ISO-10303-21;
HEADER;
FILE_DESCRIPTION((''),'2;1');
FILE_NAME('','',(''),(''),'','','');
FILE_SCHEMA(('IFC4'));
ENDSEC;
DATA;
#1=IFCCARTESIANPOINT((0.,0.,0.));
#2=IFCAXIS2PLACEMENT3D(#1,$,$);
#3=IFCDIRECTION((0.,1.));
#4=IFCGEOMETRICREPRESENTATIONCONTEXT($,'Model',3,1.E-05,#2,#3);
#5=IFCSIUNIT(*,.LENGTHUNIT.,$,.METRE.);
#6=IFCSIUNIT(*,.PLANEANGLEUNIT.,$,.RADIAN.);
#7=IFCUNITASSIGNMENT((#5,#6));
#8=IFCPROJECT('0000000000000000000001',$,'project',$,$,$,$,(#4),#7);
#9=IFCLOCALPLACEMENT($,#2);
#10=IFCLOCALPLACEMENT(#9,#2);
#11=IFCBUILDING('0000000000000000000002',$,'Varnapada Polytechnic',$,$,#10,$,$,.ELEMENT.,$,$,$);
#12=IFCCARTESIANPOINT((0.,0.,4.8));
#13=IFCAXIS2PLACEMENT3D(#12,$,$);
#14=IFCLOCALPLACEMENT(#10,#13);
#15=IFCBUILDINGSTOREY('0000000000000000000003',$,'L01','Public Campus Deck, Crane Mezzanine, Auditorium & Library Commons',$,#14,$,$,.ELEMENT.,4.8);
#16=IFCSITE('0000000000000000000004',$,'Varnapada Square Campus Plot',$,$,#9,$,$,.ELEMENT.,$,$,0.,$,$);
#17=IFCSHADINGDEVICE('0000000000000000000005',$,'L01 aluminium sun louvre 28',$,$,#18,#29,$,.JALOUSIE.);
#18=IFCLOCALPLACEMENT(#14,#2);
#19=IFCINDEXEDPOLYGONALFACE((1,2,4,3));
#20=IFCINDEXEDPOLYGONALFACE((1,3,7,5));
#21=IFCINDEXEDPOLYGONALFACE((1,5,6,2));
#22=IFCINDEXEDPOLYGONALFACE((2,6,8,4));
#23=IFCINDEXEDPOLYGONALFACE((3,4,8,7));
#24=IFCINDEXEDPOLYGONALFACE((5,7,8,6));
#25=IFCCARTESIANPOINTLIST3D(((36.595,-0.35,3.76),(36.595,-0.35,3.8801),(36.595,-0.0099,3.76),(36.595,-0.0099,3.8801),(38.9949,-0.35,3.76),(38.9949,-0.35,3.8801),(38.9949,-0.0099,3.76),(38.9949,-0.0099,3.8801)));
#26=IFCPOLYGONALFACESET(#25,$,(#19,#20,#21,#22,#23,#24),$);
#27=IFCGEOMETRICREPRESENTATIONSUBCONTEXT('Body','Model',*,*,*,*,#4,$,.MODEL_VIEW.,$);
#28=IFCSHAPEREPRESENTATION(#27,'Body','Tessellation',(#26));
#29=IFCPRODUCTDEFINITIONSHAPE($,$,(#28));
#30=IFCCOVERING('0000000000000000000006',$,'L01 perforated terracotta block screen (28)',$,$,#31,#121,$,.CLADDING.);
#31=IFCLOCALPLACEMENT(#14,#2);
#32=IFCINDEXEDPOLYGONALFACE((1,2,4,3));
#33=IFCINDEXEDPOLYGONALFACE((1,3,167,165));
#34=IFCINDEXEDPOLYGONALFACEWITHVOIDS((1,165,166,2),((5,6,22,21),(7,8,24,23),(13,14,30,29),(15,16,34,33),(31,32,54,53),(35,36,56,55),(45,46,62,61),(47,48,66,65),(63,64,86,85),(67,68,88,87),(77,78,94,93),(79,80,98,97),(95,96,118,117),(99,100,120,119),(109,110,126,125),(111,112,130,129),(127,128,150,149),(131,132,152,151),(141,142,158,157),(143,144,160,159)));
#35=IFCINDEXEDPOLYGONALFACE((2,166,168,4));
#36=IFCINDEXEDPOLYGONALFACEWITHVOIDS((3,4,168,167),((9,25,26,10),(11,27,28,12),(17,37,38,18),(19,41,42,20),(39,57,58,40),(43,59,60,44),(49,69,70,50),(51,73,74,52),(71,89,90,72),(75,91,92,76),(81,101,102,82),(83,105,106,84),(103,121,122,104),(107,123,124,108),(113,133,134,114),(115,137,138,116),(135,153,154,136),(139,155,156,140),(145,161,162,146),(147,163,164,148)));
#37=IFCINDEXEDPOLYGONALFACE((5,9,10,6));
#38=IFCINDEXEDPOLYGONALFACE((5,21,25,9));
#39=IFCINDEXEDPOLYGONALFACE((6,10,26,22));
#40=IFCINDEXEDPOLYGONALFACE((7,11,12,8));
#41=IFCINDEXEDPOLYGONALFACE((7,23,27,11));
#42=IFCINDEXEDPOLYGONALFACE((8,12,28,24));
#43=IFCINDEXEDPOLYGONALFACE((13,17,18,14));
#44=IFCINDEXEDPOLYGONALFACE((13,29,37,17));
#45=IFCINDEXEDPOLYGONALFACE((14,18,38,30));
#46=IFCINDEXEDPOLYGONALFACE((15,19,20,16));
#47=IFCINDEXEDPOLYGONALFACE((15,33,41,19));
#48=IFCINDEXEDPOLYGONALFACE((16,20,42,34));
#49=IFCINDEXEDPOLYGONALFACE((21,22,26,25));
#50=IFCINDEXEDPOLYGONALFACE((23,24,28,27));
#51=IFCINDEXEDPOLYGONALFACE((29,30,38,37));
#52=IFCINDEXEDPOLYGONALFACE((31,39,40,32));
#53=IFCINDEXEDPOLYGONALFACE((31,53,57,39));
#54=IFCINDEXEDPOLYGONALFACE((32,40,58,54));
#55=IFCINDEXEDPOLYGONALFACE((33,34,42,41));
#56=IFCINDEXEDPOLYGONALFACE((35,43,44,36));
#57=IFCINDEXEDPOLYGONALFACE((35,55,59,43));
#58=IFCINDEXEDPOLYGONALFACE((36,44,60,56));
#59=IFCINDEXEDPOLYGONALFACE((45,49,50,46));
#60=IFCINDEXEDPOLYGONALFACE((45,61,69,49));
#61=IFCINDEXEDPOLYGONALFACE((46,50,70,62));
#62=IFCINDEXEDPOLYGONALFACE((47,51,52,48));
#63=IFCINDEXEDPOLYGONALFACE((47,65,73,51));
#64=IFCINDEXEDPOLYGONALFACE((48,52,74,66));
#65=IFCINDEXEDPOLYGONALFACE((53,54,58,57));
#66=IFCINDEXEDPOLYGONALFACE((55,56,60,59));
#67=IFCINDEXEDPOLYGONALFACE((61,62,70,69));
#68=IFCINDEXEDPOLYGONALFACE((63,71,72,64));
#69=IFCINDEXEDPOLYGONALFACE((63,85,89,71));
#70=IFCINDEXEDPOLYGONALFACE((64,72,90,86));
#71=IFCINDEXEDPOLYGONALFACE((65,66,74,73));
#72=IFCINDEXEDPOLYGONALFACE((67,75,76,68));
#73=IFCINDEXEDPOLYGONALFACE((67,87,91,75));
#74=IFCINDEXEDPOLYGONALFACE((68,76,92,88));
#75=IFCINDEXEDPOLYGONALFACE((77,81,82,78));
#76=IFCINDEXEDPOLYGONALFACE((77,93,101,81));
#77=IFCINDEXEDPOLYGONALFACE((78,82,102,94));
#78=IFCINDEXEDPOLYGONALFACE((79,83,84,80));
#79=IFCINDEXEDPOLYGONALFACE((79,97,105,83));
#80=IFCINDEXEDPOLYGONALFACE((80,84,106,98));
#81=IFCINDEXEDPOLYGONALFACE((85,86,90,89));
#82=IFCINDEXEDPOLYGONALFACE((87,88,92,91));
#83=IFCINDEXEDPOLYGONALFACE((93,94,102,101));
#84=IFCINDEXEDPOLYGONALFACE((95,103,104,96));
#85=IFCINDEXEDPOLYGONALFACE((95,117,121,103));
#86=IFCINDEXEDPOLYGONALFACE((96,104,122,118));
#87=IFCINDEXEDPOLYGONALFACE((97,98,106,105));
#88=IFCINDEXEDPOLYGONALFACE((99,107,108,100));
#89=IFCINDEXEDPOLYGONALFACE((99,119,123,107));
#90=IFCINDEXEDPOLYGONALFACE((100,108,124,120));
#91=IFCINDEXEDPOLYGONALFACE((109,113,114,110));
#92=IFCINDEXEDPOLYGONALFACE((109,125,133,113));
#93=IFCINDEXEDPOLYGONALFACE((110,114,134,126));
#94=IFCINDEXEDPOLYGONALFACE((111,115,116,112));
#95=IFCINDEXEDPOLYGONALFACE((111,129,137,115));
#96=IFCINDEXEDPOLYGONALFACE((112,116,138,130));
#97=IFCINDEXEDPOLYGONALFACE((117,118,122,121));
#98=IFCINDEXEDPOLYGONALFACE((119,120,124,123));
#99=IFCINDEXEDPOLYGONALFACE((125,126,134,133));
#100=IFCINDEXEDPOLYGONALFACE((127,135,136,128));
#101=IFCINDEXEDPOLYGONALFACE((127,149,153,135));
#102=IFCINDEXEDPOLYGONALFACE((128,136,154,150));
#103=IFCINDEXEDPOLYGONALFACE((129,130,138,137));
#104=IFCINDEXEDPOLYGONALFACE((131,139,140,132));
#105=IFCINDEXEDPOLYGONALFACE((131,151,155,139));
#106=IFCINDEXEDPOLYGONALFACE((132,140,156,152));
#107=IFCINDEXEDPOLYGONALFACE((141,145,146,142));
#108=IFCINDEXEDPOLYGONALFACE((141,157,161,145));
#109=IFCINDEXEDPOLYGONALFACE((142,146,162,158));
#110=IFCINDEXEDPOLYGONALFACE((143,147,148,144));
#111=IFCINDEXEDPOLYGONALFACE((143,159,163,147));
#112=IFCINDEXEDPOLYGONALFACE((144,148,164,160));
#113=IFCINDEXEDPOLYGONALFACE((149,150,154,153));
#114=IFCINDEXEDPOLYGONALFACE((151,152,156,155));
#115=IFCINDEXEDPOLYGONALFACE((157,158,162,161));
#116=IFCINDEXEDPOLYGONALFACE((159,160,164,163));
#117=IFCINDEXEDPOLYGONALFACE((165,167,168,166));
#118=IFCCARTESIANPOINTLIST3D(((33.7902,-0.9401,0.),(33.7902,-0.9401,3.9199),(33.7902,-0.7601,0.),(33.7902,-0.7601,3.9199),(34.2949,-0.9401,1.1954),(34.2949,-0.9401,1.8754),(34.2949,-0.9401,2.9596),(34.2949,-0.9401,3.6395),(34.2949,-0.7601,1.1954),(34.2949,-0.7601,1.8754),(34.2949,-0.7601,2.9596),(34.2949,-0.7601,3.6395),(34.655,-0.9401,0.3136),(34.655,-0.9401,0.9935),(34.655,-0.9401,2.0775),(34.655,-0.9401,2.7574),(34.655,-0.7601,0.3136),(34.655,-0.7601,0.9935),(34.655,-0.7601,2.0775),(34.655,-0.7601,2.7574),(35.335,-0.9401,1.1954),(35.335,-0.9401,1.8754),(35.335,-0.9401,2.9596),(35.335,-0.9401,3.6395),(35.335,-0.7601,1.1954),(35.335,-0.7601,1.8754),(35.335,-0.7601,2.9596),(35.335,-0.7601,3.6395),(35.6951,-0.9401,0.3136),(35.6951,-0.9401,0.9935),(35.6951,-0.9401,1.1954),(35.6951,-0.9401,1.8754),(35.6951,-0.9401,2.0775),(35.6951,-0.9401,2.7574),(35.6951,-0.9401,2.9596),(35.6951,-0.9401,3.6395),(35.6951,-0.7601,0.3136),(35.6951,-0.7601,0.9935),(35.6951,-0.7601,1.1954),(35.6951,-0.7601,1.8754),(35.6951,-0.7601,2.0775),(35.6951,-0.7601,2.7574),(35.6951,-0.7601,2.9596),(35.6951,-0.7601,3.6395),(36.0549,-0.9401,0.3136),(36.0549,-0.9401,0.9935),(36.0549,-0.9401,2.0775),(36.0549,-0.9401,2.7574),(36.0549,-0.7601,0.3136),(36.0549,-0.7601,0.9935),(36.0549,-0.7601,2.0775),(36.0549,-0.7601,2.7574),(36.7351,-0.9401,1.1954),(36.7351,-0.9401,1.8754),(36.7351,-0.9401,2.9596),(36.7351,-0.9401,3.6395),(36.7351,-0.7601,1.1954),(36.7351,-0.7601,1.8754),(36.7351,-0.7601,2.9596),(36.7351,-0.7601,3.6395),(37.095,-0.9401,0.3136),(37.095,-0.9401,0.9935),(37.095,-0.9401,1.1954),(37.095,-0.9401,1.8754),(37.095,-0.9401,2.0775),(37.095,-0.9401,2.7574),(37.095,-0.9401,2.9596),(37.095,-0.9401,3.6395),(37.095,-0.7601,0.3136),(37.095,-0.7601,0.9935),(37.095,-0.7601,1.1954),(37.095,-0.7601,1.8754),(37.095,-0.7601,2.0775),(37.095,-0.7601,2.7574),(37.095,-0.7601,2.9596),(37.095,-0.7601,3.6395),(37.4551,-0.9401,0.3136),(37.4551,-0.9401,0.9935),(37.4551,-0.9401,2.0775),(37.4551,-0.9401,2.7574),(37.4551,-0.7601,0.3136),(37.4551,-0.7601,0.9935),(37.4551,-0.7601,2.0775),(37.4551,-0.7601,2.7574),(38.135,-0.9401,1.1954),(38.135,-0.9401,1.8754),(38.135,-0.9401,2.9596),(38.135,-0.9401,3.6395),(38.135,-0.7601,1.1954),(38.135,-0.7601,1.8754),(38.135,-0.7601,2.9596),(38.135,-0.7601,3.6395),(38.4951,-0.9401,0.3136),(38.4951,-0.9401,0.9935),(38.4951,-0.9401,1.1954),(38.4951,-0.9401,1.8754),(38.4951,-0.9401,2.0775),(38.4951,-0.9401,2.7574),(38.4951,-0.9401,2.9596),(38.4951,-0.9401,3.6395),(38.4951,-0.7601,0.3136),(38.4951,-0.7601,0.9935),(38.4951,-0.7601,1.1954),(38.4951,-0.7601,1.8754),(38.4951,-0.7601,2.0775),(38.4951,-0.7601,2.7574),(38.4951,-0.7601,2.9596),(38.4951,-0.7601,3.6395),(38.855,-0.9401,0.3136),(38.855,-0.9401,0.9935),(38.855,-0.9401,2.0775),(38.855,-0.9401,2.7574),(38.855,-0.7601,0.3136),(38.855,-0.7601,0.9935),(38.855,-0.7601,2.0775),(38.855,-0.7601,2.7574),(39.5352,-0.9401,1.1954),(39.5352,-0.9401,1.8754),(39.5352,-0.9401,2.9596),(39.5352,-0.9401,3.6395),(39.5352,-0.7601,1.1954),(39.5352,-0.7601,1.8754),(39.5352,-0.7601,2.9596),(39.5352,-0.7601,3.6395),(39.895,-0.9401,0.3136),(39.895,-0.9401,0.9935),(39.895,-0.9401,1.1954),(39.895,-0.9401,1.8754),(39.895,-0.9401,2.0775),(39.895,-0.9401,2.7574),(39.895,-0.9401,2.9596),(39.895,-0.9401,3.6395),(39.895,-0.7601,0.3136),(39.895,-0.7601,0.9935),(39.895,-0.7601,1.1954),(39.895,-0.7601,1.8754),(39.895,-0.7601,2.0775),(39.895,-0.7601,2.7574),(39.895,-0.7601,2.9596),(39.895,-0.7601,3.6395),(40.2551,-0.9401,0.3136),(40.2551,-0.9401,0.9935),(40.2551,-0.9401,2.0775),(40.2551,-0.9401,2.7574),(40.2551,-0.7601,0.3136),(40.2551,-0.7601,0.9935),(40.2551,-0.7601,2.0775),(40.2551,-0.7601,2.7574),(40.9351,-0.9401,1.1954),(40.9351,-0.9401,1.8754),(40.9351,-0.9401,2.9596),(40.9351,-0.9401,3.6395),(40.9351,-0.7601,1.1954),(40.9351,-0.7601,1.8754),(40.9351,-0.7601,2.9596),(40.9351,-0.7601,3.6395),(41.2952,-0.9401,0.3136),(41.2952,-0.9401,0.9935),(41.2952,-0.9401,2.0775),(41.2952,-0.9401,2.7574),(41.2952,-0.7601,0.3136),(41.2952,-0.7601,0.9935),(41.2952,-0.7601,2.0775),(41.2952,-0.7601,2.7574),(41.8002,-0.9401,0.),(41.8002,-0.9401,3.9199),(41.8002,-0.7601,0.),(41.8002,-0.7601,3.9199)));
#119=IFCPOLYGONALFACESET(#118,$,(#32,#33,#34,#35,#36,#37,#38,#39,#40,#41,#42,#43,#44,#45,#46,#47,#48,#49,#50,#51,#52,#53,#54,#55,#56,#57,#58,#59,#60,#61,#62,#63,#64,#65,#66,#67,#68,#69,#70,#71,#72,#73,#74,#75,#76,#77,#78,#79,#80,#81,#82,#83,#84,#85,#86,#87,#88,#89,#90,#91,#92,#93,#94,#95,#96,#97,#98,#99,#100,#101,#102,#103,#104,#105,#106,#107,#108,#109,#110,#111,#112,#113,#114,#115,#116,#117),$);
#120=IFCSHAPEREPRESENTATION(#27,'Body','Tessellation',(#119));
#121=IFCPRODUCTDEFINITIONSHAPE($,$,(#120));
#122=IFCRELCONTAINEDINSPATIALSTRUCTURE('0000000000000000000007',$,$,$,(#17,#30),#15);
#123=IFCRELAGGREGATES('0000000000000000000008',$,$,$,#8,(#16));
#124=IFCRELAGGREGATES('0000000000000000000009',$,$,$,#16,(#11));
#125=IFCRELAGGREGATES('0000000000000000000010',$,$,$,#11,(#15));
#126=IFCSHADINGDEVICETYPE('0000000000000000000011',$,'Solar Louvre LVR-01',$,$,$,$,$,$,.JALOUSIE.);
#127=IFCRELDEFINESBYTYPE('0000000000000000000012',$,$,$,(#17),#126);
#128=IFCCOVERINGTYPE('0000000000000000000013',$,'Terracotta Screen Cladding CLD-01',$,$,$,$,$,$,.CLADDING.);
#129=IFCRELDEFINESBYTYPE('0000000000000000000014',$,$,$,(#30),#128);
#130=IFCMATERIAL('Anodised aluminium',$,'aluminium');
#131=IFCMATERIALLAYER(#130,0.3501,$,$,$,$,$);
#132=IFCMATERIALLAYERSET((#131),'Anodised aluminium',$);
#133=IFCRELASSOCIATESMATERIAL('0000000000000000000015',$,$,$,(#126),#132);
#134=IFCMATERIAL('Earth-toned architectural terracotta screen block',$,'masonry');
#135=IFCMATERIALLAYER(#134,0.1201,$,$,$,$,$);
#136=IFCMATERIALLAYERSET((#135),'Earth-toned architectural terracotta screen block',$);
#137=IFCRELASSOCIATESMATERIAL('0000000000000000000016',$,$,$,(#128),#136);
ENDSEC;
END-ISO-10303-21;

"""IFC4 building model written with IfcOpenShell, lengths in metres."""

from ifc_helpers import new_model, si_unit, direction, frame, frame_2d, origin, origin_2d, place, context, subcontext, project, spatial, rectangle, extrude, material, layer, layer_set, type_object, element, save


model = new_model("IFC4")

# Units and contexts
model_context = context("Model", 3, precision=1e-05, world=origin(), true_north=direction((0.0, 1.0)))
body_context = subcontext(model_context, "Body", "Model", "MODEL_VIEW")
ifc_project = project(units=[si_unit("LENGTHUNIT", "METRE"), si_unit("PLANEANGLEUNIT", "RADIAN")], contexts=[model_context])

# Site, building, storey
site_placement = place(None, origin())
site = spatial("IfcSite", under=ifc_project, at=site_placement, Name="Varnapada Square Campus Plot", CompositionType="ELEMENT", RefElevation=0.0)
building_placement = place(site_placement, origin())
building = spatial("IfcBuilding", under=site, at=building_placement, Name="Varnapada Polytechnic", CompositionType="ELEMENT")
storey_placement = place(building_placement, frame((0.0, 0.0, 4.8)))
storey = spatial("IfcBuildingStorey", under=building, at=storey_placement, Name="L01", Description="Public Campus Deck, Crane Mezzanine, Auditorium & Library Commons", CompositionType="ELEMENT", Elevation=4.8)

# Shading device
ifc_material_1 = material(Name="Anodised aluminium", Category="aluminium")
ifc_layer_1 = layer(ifc_material_1, 0.3501)
ifc_layer_set_1 = layer_set([ifc_layer_1], Name="Anodised aluminium")
shading_device_type = type_object("IfcShadingDeviceType", Name="Solar Louvre LVR-01", PredefinedType="JALOUSIE", material=ifc_layer_set_1)
shading_device_placement = place(storey_placement, frame((37.7949, -0.1799, 3.76), z_axis=(0.0, 0.0, 1.0), x_axis=(-1.0, 0.0, 0.0)))
element("IfcShadingDevice", 1, at=shading_device_placement, inside=storey, type_object=shading_device_type, Name="L01 aluminium sun louvre 28", PredefinedType="JALOUSIE", context=body_context, shape_type="SweptSolid", body=[
    extrude(rectangle(XDim=2.3999, YDim=0.3401, at=origin_2d()), origin(), (0.0, 0.0, 1.0), 0.1201),
])

# Covering, openings
ifc_material_2 = material(Name="Earth-toned architectural terracotta screen block", Category="masonry")
ifc_layer_2 = layer(ifc_material_2, 0.1201)
ifc_layer_set_2 = layer_set([ifc_layer_2], Name="Earth-toned architectural terracotta screen block")
covering_type = type_object("IfcCoveringType", Name="Terracotta Screen Cladding CLD-01", PredefinedType="CLADDING", material=ifc_layer_set_2)
covering_placement = place(storey_placement, frame((41.8, -0.8501, 0.0), z_axis=(0.0, 0.0, 1.0), x_axis=(-1.0, 0.0, 0.0)))
covering = element("IfcCovering", 2, at=covering_placement, inside=storey, type_object=covering_type, Name="L01 perforated terracotta block screen (28)", PredefinedType="CLADDING", context=body_context, shape_type="SweptSolid", body=[
    extrude(rectangle(XDim=8.01, YDim=0.1799, at=frame_2d((4.0049, 0.0))), origin(), (0.0, 0.0, 1.0), 3.9199),
])
opening_1_placement = place(covering_placement, frame((0.5049, 0.0, 0.3137)))
element("IfcOpeningElement", 3, at=opening_1_placement, cuts=covering, PredefinedType="OPENING", context=body_context, shape_type="SweptSolid", body=[
    extrude(rectangle(XDim=1.04, YDim=0.6799, at=frame_2d((0.52, 0.3398))), frame((0.0, 0.0999, 0.0), z_axis=(0.0, -1.0, 0.0), x_axis=(1.0, 0.0, 0.0)), (0.0, 0.0, 1.0), 0.2),
])
opening_2_placement = place(covering_placement, frame((1.905, 0.0, 0.3137)))
element("IfcOpeningElement", 4, at=opening_2_placement, cuts=covering, PredefinedType="OPENING", context=body_context, shape_type="SweptSolid", body=[
    extrude(rectangle(XDim=1.04, YDim=0.6799, at=frame_2d((0.52, 0.3398))), frame((0.0, 0.0999, 0.0), z_axis=(0.0, -1.0, 0.0), x_axis=(1.0, 0.0, 0.0)), (0.0, 0.0, 1.0), 0.2),
])
opening_3_placement = place(covering_placement, frame((3.3049, 0.0, 0.3137)))
element("IfcOpeningElement", 5, at=opening_3_placement, cuts=covering, PredefinedType="OPENING", context=body_context, shape_type="SweptSolid", body=[
    extrude(rectangle(XDim=1.04, YDim=0.6799, at=frame_2d((0.52, 0.3398))), frame((0.0, 0.0999, 0.0), z_axis=(0.0, -1.0, 0.0), x_axis=(1.0, 0.0, 0.0)), (0.0, 0.0, 1.0), 0.2),
])
opening_4_placement = place(covering_placement, frame((4.7051, 0.0, 0.3137)))
element("IfcOpeningElement", 6, at=opening_4_placement, cuts=covering, PredefinedType="OPENING", context=body_context, shape_type="SweptSolid", body=[
    extrude(rectangle(XDim=1.04, YDim=0.6799, at=frame_2d((0.52, 0.3398))), frame((0.0, 0.0999, 0.0), z_axis=(0.0, -1.0, 0.0), x_axis=(1.0, 0.0, 0.0)), (0.0, 0.0, 1.0), 0.2),
])
opening_5_placement = place(covering_placement, frame((6.105, 0.0, 0.3137)))
element("IfcOpeningElement", 7, at=opening_5_placement, cuts=covering, PredefinedType="OPENING", context=body_context, shape_type="SweptSolid", body=[
    extrude(rectangle(XDim=1.04, YDim=0.6799, at=frame_2d((0.52, 0.3398))), frame((0.0, 0.0999, 0.0), z_axis=(0.0, -1.0, 0.0), x_axis=(1.0, 0.0, 0.0)), (0.0, 0.0, 1.0), 0.2),
])
opening_6_placement = place(covering_placement, frame((0.865, 0.0, 1.1956)))
element("IfcOpeningElement", 8, at=opening_6_placement, cuts=covering, PredefinedType="OPENING", context=body_context, shape_type="SweptSolid", body=[
    extrude(rectangle(XDim=1.04, YDim=0.6799, at=frame_2d((0.52, 0.3398))), frame((0.0, 0.0999, 0.0), z_axis=(0.0, -1.0, 0.0), x_axis=(1.0, 0.0, 0.0)), (0.0, 0.0, 1.0), 0.2),
])
opening_7_placement = place(covering_placement, frame((2.2649, 0.0, 1.1956)))
element("IfcOpeningElement", 9, at=opening_7_placement, cuts=covering, PredefinedType="OPENING", context=body_context, shape_type="SweptSolid", body=[
    extrude(rectangle(XDim=1.04, YDim=0.6799, at=frame_2d((0.52, 0.3398))), frame((0.0, 0.0999, 0.0), z_axis=(0.0, -1.0, 0.0), x_axis=(1.0, 0.0, 0.0)), (0.0, 0.0, 1.0), 0.2),
])
opening_8_placement = place(covering_placement, frame((3.665, 0.0, 1.1956)))
element("IfcOpeningElement", 10, at=opening_8_placement, cuts=covering, PredefinedType="OPENING", context=body_context, shape_type="SweptSolid", body=[
    extrude(rectangle(XDim=1.04, YDim=0.6799, at=frame_2d((0.52, 0.3398))), frame((0.0, 0.0999, 0.0), z_axis=(0.0, -1.0, 0.0), x_axis=(1.0, 0.0, 0.0)), (0.0, 0.0, 1.0), 0.2),
])
opening_9_placement = place(covering_placement, frame((5.0649, 0.0, 1.1956)))
element("IfcOpeningElement", 11, at=opening_9_placement, cuts=covering, PredefinedType="OPENING", context=body_context, shape_type="SweptSolid", body=[
    extrude(rectangle(XDim=1.04, YDim=0.6799, at=frame_2d((0.52, 0.3398))), frame((0.0, 0.0999, 0.0), z_axis=(0.0, -1.0, 0.0), x_axis=(1.0, 0.0, 0.0)), (0.0, 0.0, 1.0), 0.2),
])
opening_10_placement = place(covering_placement, frame((6.4651, 0.0, 1.1956)))
element("IfcOpeningElement", 12, at=opening_10_placement, cuts=covering, PredefinedType="OPENING", context=body_context, shape_type="SweptSolid", body=[
    extrude(rectangle(XDim=1.04, YDim=0.6799, at=frame_2d((0.52, 0.3398))), frame((0.0, 0.0999, 0.0), z_axis=(0.0, -1.0, 0.0), x_axis=(1.0, 0.0, 0.0)), (0.0, 0.0, 1.0), 0.2),
])
opening_11_placement = place(covering_placement, frame((0.5049, 0.0, 2.0776)))
element("IfcOpeningElement", 13, at=opening_11_placement, cuts=covering, PredefinedType="OPENING", context=body_context, shape_type="SweptSolid", body=[
    extrude(rectangle(XDim=1.04, YDim=0.6799, at=frame_2d((0.52, 0.3398))), frame((0.0, 0.0999, 0.0), z_axis=(0.0, -1.0, 0.0), x_axis=(1.0, 0.0, 0.0)), (0.0, 0.0, 1.0), 0.2),
])
opening_12_placement = place(covering_placement, frame((1.905, 0.0, 2.0776)))
element("IfcOpeningElement", 14, at=opening_12_placement, cuts=covering, PredefinedType="OPENING", context=body_context, shape_type="SweptSolid", body=[
    extrude(rectangle(XDim=1.04, YDim=0.6799, at=frame_2d((0.52, 0.3398))), frame((0.0, 0.0999, 0.0), z_axis=(0.0, -1.0, 0.0), x_axis=(1.0, 0.0, 0.0)), (0.0, 0.0, 1.0), 0.2),
])
opening_13_placement = place(covering_placement, frame((3.3049, 0.0, 2.0776)))
element("IfcOpeningElement", 15, at=opening_13_placement, cuts=covering, PredefinedType="OPENING", context=body_context, shape_type="SweptSolid", body=[
    extrude(rectangle(XDim=1.04, YDim=0.6799, at=frame_2d((0.52, 0.3398))), frame((0.0, 0.0999, 0.0), z_axis=(0.0, -1.0, 0.0), x_axis=(1.0, 0.0, 0.0)), (0.0, 0.0, 1.0), 0.2),
])
opening_14_placement = place(covering_placement, frame((4.7051, 0.0, 2.0776)))
element("IfcOpeningElement", 16, at=opening_14_placement, cuts=covering, PredefinedType="OPENING", context=body_context, shape_type="SweptSolid", body=[
    extrude(rectangle(XDim=1.04, YDim=0.6799, at=frame_2d((0.52, 0.3398))), frame((0.0, 0.0999, 0.0), z_axis=(0.0, -1.0, 0.0), x_axis=(1.0, 0.0, 0.0)), (0.0, 0.0, 1.0), 0.2),
])
opening_15_placement = place(covering_placement, frame((6.105, 0.0, 2.0776)))
element("IfcOpeningElement", 17, at=opening_15_placement, cuts=covering, PredefinedType="OPENING", context=body_context, shape_type="SweptSolid", body=[
    extrude(rectangle(XDim=1.04, YDim=0.6799, at=frame_2d((0.52, 0.3398))), frame((0.0, 0.0999, 0.0), z_axis=(0.0, -1.0, 0.0), x_axis=(1.0, 0.0, 0.0)), (0.0, 0.0, 1.0), 0.2),
])
opening_16_placement = place(covering_placement, frame((0.865, 0.0, 2.9597)))
element("IfcOpeningElement", 18, at=opening_16_placement, cuts=covering, PredefinedType="OPENING", context=body_context, shape_type="SweptSolid", body=[
    extrude(rectangle(XDim=1.04, YDim=0.6799, at=frame_2d((0.52, 0.3398))), frame((0.0, 0.0999, 0.0), z_axis=(0.0, -1.0, 0.0), x_axis=(1.0, 0.0, 0.0)), (0.0, 0.0, 1.0), 0.2),
])
opening_17_placement = place(covering_placement, frame((2.2649, 0.0, 2.9597)))
element("IfcOpeningElement", 19, at=opening_17_placement, cuts=covering, PredefinedType="OPENING", context=body_context, shape_type="SweptSolid", body=[
    extrude(rectangle(XDim=1.04, YDim=0.6799, at=frame_2d((0.52, 0.3398))), frame((0.0, 0.0999, 0.0), z_axis=(0.0, -1.0, 0.0), x_axis=(1.0, 0.0, 0.0)), (0.0, 0.0, 1.0), 0.2),
])
opening_18_placement = place(covering_placement, frame((3.665, 0.0, 2.9597)))
element("IfcOpeningElement", 20, at=opening_18_placement, cuts=covering, PredefinedType="OPENING", context=body_context, shape_type="SweptSolid", body=[
    extrude(rectangle(XDim=1.04, YDim=0.6799, at=frame_2d((0.52, 0.3398))), frame((0.0, 0.0999, 0.0), z_axis=(0.0, -1.0, 0.0), x_axis=(1.0, 0.0, 0.0)), (0.0, 0.0, 1.0), 0.2),
])
opening_19_placement = place(covering_placement, frame((5.0649, 0.0, 2.9597)))
element("IfcOpeningElement", 21, at=opening_19_placement, cuts=covering, PredefinedType="OPENING", context=body_context, shape_type="SweptSolid", body=[
    extrude(rectangle(XDim=1.04, YDim=0.6799, at=frame_2d((0.52, 0.3398))), frame((0.0, 0.0999, 0.0), z_axis=(0.0, -1.0, 0.0), x_axis=(1.0, 0.0, 0.0)), (0.0, 0.0, 1.0), 0.2),
])
opening_20_placement = place(covering_placement, frame((6.4651, 0.0, 2.9597)))
element("IfcOpeningElement", 22, at=opening_20_placement, cuts=covering, PredefinedType="OPENING", context=body_context, shape_type="SweptSolid", body=[
    extrude(rectangle(XDim=1.04, YDim=0.6799, at=frame_2d((0.52, 0.3398))), frame((0.0, 0.0999, 0.0), z_axis=(0.0, -1.0, 0.0), x_axis=(1.0, 0.0, 0.0)), (0.0, 0.0, 1.0), 0.2),
])

save(model, "model.ifc")
